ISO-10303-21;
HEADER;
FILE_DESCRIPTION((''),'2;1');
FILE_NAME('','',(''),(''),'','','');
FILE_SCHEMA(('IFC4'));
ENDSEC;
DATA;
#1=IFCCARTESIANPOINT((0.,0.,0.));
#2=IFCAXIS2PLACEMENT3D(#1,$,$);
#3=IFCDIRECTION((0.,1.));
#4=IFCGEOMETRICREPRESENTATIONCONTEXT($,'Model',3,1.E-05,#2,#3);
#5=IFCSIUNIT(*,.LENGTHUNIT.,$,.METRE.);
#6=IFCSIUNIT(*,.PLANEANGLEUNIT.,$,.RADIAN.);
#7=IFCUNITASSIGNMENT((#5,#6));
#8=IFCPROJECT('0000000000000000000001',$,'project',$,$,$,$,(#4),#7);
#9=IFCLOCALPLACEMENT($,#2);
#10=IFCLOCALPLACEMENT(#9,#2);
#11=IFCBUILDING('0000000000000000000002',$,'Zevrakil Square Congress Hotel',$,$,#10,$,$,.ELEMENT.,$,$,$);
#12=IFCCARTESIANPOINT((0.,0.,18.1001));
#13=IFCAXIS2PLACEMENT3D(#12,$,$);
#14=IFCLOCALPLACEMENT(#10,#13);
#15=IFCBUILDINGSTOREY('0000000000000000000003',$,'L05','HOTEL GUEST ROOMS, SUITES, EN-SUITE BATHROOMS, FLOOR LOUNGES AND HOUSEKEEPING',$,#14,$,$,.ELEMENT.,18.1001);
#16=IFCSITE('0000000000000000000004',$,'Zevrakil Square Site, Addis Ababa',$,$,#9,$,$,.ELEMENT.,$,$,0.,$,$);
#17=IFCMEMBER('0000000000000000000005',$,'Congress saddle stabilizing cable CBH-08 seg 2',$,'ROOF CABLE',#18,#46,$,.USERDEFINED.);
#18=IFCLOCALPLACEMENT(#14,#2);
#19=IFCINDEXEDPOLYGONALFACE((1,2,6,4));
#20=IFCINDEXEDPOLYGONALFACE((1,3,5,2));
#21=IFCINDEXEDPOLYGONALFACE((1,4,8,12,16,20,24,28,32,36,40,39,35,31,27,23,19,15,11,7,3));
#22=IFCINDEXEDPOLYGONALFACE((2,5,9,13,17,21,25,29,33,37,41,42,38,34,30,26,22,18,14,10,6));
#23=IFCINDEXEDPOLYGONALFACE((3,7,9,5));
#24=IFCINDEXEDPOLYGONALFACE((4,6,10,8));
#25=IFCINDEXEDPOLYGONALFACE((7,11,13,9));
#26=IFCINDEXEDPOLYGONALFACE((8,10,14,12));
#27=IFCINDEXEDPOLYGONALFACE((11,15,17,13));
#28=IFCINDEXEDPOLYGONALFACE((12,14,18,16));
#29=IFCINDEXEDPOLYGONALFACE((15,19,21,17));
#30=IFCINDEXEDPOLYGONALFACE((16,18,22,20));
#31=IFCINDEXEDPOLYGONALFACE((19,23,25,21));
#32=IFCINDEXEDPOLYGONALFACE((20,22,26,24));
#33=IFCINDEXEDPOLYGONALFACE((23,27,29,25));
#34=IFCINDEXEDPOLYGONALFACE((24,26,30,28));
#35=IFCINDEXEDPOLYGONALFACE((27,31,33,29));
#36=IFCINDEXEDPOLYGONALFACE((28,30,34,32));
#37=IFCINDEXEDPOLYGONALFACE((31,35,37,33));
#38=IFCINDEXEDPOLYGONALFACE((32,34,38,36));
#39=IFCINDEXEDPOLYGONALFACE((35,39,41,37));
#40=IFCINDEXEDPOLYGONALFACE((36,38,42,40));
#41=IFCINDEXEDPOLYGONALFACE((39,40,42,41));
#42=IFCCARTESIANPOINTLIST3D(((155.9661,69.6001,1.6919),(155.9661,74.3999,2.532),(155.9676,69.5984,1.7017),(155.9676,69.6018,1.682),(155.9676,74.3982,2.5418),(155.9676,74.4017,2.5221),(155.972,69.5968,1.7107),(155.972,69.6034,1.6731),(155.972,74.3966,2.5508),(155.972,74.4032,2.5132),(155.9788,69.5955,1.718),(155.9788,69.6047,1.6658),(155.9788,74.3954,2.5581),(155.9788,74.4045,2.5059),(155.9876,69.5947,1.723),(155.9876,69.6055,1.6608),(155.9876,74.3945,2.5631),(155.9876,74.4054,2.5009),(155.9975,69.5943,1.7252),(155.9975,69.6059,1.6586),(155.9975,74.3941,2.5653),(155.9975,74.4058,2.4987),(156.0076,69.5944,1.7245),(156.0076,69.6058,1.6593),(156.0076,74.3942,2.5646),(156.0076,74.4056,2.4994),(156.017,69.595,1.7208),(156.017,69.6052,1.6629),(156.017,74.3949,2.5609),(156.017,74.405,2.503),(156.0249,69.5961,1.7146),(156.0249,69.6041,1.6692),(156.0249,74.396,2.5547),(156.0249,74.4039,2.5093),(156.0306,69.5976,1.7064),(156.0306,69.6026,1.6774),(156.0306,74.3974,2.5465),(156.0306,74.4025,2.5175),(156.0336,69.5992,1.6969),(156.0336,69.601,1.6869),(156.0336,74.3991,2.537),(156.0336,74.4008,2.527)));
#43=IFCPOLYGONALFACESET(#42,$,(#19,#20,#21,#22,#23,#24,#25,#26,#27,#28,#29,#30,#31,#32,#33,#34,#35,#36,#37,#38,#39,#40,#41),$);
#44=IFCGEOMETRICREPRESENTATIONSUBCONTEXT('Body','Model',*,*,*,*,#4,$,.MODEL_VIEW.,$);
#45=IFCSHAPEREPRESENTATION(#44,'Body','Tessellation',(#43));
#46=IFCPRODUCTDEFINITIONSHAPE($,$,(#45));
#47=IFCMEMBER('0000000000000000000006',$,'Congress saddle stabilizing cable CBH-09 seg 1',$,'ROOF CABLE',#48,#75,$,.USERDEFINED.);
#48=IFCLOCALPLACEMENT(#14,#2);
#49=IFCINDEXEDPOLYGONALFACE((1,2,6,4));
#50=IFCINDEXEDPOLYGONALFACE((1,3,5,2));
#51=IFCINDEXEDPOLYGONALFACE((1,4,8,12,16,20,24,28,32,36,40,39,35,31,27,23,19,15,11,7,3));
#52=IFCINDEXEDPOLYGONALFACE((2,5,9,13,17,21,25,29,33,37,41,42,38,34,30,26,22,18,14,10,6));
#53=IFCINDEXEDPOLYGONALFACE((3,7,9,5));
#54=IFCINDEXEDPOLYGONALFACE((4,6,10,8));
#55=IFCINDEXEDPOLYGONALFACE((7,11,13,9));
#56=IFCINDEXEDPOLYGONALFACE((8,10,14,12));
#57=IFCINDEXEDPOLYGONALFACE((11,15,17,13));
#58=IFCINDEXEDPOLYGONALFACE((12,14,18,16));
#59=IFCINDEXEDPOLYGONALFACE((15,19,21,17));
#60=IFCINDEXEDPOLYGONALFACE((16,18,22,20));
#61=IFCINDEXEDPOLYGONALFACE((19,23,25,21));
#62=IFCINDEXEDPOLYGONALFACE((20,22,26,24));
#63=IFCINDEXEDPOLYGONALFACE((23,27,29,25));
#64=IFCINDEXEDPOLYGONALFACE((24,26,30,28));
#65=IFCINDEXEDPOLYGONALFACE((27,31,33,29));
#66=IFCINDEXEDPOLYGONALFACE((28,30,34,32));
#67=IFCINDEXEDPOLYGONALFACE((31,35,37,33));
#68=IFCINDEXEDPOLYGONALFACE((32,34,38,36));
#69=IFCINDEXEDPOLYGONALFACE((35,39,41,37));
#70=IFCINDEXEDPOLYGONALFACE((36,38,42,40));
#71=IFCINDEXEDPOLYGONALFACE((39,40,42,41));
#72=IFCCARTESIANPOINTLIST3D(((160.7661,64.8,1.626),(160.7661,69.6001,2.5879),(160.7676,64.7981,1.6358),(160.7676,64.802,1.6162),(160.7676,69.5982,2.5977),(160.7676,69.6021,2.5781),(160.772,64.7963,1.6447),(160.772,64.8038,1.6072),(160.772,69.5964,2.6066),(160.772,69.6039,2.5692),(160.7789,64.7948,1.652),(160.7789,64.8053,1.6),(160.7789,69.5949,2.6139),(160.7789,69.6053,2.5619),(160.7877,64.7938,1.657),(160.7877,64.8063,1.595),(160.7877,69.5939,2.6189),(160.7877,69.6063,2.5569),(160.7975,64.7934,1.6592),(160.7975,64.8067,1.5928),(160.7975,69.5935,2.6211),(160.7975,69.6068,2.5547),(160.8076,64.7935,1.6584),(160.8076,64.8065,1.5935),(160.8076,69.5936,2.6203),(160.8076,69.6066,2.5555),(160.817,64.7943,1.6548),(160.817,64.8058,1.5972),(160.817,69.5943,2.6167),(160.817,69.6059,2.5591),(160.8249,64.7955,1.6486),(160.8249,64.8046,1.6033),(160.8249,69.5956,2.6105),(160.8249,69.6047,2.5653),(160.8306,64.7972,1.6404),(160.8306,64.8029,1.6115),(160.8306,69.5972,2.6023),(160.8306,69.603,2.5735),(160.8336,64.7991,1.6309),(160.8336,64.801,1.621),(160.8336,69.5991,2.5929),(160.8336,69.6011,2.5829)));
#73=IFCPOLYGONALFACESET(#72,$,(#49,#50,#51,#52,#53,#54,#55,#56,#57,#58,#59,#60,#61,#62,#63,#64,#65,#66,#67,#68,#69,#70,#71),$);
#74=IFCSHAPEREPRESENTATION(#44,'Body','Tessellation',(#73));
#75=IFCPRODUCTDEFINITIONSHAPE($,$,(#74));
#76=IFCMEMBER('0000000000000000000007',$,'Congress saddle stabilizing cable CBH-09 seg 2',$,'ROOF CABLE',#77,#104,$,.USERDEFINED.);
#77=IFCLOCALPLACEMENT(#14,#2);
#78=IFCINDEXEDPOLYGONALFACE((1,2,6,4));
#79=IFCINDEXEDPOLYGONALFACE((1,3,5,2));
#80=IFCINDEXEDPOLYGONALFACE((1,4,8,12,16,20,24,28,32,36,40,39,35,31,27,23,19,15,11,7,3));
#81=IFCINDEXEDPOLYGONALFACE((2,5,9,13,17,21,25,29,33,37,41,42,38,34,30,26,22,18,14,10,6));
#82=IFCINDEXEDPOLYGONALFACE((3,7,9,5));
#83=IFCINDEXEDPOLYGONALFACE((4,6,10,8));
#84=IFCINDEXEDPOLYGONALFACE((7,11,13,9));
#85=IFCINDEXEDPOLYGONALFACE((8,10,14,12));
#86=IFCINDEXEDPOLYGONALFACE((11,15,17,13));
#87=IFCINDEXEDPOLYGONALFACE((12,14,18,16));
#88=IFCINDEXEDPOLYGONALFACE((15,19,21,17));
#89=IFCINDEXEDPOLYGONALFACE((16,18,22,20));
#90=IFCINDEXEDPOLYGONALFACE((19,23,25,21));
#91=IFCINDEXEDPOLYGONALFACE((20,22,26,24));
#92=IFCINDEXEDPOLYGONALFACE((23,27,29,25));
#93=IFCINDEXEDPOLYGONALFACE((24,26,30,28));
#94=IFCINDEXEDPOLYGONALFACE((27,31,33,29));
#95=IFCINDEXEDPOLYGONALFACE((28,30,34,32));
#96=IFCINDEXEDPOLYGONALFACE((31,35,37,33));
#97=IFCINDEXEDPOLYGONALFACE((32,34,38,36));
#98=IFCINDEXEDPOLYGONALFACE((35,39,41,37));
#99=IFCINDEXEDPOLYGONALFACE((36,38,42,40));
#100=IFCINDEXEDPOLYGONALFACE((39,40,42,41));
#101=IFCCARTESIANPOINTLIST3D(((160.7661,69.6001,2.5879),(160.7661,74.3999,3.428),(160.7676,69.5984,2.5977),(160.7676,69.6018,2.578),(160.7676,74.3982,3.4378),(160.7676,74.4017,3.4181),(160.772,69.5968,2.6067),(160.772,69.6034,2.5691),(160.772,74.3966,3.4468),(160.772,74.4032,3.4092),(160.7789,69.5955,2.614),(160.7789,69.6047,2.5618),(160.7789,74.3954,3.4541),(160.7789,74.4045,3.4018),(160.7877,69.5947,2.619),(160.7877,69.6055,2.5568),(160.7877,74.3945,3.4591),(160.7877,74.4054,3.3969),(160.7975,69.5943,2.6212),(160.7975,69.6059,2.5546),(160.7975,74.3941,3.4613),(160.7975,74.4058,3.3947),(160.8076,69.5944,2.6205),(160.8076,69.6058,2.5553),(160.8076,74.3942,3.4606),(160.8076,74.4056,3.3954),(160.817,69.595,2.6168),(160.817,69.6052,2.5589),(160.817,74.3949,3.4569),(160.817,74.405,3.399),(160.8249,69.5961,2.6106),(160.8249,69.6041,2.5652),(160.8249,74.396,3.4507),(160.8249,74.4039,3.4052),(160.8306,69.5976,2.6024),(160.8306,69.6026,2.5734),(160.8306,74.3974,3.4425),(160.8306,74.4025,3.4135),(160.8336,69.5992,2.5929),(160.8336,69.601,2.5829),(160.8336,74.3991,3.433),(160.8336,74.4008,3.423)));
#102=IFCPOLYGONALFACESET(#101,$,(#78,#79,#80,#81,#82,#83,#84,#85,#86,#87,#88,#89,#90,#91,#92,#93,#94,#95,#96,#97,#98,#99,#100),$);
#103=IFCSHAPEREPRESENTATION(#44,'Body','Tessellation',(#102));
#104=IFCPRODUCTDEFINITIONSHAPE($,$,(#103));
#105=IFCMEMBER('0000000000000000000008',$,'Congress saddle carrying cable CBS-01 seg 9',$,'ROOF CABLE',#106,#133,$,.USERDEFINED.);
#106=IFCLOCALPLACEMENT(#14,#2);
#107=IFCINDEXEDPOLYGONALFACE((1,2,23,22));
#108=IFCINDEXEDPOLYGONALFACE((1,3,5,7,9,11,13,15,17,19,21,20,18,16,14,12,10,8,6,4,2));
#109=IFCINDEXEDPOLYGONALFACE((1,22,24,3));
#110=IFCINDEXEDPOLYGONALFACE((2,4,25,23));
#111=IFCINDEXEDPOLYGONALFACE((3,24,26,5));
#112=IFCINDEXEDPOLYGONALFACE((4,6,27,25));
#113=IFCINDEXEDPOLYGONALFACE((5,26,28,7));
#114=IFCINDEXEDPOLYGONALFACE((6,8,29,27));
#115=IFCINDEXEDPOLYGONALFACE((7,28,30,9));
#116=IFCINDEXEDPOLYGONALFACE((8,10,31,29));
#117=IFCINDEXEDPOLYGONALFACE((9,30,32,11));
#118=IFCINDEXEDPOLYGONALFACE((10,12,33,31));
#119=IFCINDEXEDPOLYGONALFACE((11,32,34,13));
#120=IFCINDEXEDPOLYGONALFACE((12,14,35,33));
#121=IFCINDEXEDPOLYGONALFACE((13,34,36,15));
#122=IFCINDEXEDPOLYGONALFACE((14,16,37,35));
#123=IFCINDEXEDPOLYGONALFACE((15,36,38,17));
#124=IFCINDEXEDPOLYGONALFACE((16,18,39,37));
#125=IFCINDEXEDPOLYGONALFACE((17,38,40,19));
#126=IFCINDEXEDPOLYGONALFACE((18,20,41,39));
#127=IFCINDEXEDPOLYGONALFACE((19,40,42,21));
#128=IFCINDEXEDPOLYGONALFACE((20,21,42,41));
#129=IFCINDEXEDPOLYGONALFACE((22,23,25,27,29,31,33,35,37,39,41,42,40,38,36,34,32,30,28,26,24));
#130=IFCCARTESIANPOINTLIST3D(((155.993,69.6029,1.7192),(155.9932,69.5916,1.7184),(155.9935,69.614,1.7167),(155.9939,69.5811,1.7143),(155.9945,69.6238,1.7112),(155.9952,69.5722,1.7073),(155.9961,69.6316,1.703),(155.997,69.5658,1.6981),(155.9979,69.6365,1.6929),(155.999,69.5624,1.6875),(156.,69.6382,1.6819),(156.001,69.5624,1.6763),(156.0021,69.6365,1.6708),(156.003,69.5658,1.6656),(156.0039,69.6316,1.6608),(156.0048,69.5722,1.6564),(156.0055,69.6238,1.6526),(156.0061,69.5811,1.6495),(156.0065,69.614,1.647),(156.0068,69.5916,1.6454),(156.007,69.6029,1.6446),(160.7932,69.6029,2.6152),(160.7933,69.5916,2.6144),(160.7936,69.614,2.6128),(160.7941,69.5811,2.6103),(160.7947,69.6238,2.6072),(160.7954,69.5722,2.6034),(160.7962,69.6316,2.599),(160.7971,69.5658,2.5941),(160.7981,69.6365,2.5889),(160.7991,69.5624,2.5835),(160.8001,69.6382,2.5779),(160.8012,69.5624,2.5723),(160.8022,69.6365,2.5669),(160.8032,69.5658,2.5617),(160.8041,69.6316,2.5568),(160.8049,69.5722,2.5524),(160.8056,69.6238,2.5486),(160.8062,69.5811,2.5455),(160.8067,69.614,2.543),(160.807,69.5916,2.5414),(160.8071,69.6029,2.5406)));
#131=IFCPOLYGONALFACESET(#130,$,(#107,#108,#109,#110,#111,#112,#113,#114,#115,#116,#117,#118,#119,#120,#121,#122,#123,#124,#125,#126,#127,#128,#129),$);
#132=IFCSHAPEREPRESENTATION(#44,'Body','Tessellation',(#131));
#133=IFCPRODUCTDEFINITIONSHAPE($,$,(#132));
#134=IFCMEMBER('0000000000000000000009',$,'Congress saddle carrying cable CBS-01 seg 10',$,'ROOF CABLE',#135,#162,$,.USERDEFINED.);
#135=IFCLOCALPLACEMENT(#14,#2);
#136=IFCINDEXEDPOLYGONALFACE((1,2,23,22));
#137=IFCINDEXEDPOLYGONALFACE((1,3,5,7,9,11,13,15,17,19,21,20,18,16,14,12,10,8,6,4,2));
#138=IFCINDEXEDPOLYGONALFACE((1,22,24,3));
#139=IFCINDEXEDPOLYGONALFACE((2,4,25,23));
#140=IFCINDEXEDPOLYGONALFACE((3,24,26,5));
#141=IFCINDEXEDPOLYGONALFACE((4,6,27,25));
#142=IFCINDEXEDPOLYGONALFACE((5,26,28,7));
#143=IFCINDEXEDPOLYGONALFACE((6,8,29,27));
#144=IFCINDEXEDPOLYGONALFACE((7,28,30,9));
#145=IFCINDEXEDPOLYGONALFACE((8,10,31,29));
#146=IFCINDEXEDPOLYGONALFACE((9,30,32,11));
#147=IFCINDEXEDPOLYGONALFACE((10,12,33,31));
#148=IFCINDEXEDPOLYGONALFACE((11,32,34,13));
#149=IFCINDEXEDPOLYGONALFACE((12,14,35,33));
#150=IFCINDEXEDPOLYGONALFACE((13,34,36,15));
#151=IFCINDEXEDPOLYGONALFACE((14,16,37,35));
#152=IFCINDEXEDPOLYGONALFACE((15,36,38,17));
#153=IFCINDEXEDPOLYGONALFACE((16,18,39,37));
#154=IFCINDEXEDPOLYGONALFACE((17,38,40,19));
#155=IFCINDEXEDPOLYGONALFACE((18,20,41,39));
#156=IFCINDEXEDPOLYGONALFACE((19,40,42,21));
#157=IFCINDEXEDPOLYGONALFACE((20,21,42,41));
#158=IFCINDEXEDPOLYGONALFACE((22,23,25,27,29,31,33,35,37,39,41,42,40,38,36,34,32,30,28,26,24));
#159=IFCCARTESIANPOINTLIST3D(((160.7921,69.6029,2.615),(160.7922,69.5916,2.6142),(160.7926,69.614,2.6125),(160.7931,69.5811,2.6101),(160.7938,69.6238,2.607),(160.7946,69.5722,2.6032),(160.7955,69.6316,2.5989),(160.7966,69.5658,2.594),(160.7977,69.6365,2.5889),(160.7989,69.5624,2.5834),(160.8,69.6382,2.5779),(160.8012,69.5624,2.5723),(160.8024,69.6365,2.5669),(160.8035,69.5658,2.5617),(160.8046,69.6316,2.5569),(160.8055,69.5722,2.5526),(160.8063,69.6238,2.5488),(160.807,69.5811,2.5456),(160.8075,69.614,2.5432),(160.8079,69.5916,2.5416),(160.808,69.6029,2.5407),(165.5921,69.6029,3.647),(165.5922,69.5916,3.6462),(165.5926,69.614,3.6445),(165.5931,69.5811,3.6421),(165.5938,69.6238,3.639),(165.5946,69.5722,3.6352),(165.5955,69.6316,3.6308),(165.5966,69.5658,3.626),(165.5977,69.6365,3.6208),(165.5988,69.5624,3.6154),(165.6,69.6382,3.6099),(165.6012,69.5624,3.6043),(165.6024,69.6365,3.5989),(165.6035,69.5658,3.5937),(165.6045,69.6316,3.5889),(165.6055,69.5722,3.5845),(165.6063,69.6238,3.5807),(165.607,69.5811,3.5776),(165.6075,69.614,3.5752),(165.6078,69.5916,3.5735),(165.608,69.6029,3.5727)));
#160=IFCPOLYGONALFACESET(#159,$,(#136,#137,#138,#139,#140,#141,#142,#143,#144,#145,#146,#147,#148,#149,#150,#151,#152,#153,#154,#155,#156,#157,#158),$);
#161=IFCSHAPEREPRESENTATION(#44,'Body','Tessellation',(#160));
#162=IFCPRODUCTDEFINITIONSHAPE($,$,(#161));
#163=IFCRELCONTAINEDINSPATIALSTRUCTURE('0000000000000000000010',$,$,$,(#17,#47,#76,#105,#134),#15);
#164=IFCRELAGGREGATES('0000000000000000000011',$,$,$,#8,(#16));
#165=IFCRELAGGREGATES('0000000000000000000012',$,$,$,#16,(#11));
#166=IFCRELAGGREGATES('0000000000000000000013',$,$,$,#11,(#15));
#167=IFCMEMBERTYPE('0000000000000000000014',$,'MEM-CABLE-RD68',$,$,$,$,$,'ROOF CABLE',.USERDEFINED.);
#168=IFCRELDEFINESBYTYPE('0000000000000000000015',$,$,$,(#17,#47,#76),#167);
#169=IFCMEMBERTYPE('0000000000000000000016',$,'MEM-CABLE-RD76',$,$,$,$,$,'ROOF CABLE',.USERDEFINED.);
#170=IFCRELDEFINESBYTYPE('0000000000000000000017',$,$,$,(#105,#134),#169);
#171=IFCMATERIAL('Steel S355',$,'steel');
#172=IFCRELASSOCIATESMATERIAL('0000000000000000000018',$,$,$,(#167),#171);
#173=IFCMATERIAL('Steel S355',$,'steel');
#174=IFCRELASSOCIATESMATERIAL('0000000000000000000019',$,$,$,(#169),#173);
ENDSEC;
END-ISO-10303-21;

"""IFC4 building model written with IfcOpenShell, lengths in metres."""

from ifc_helpers import new_model, si_unit, direction, frame, origin, origin_2d, place, context, subcontext, project, spatial, circle, extrude, material, material_profile, profile_set, type_object, element, save


model = new_model("IFC4")

# Units and contexts
model_context = context("Model", 3, precision=1e-05, world=origin(), true_north=direction((0.0, 1.0)))
body_context = subcontext(model_context, "Body", "Model", "MODEL_VIEW")
ifc_project = project(units=[si_unit("LENGTHUNIT", "METRE"), si_unit("PLANEANGLEUNIT", "RADIAN")], contexts=[model_context])

# Site, building, storey
site_placement = place(None, origin())
site = spatial("IfcSite", under=ifc_project, at=site_placement, Name="Zevrakil Square Site, Addis Ababa", CompositionType="ELEMENT", RefElevation=0.0)
building_placement = place(site_placement, origin())
building = spatial("IfcBuilding", under=site, at=building_placement, Name="Zevrakil Square Congress Hotel", CompositionType="ELEMENT")
storey_placement = place(building_placement, frame((0.0, 0.0, 18.1001)))
storey = spatial("IfcBuildingStorey", under=building, at=storey_placement, Name="L05", Description="HOTEL GUEST ROOMS, SUITES, EN-SUITE BATHROOMS, FLOOR LOUNGES AND HOUSEKEEPING", CompositionType="ELEMENT", Elevation=18.1001)

# Members
ifc_material_1 = material(Name="Steel S355", Category="steel")
ifc_material_profile_1 = material_profile(ifc_material_1, circle(Radius=0.0339, at=origin_2d()), Name="CABLE RD68")
ifc_profile_set_1 = profile_set([ifc_material_profile_1], Name="Steel S355")
member_type_1 = type_object("IfcMemberType", Name="MEM-CABLE-RD68", ElementType="ROOF CABLE", PredefinedType="USERDEFINED", material=ifc_profile_set_1)
member_1_placement = place(storey_placement, frame((156.0, 69.6001, 1.6919), z_axis=(0.0, 0.985026, 0.172405), x_axis=(-1.0, 0.0, 0.0)))
element("IfcMember", 1, at=member_1_placement, inside=storey, type_object=member_type_1, Name="Congress saddle stabilizing cable CBH-08 seg 2", ObjectType="ROOF CABLE", PredefinedType="USERDEFINED", context=body_context, shape_type="SweptSolid", body=[
    extrude(circle(Radius=0.0339, at=origin_2d()), origin(), (0.0, 0.0, 1.0), 4.8728),
])
member_2_placement = place(storey_placement, frame((160.8, 64.8, 1.626), z_axis=(0.0, 0.980506, 0.19649), x_axis=(-1.0, 0.0, 0.0)))
element("IfcMember", 2, at=member_2_placement, inside=storey, type_object=member_type_1, Name="Congress saddle stabilizing cable CBH-09 seg 1", ObjectType="ROOF CABLE", PredefinedType="USERDEFINED", context=body_context, shape_type="SweptSolid", body=[
    extrude(circle(Radius=0.0339, at=origin_2d()), origin(), (0.0, 0.0, 1.0), 4.8955),
])
member_3_placement = place(storey_placement, frame((160.8, 69.6001, 2.5879), z_axis=(0.0, 0.985026, 0.172405), x_axis=(-1.0, 0.0, 0.0)))
element("IfcMember", 3, at=member_3_placement, inside=storey, type_object=member_type_1, Name="Congress saddle stabilizing cable CBH-09 seg 2", ObjectType="ROOF CABLE", PredefinedType="USERDEFINED", context=body_context, shape_type="SweptSolid", body=[
    extrude(circle(Radius=0.0339, at=origin_2d()), origin(), (0.0, 0.0, 1.0), 4.8728),
])
ifc_material_2 = material(Name="Steel S355", Category="steel")
ifc_material_profile_2 = material_profile(ifc_material_2, circle(Radius=0.0381, at=origin_2d()), Name="CABLE RD76")
ifc_profile_set_2 = profile_set([ifc_material_profile_2], Name="Steel S355")
member_type_2 = type_object("IfcMemberType", Name="MEM-CABLE-RD76", ElementType="ROOF CABLE", PredefinedType="USERDEFINED", material=ifc_profile_set_2)
member_4_placement = place(storey_placement, frame((156.0, 69.6001, 1.6819), z_axis=(0.983021, 0.0, 0.183495), x_axis=(0.0, 1.0, 0.0)))
element("IfcMember", 4, at=member_4_placement, inside=storey, type_object=member_type_2, Name="Congress saddle carrying cable CBS-01 seg 9", ObjectType="ROOF CABLE", PredefinedType="USERDEFINED", context=body_context, shape_type="SweptSolid", body=[
    extrude(circle(Radius=0.0381, at=origin_2d()), origin(), (0.0, 0.0, 1.0), 4.8831),
])
member_5_placement = place(storey_placement, frame((160.8, 69.6001, 2.5779), z_axis=(0.97766, 0.0, 0.210191), x_axis=(0.0, 1.0, 0.0)))
element("IfcMember", 5, at=member_5_placement, inside=storey, type_object=member_type_2, Name="Congress saddle carrying cable CBS-01 seg 10", ObjectType="ROOF CABLE", PredefinedType="USERDEFINED", context=body_context, shape_type="SweptSolid", body=[
    extrude(circle(Radius=0.0381, at=origin_2d()), origin(), (0.0, 0.0, 1.0), 4.9097),
])

save(model, "model.ifc")
